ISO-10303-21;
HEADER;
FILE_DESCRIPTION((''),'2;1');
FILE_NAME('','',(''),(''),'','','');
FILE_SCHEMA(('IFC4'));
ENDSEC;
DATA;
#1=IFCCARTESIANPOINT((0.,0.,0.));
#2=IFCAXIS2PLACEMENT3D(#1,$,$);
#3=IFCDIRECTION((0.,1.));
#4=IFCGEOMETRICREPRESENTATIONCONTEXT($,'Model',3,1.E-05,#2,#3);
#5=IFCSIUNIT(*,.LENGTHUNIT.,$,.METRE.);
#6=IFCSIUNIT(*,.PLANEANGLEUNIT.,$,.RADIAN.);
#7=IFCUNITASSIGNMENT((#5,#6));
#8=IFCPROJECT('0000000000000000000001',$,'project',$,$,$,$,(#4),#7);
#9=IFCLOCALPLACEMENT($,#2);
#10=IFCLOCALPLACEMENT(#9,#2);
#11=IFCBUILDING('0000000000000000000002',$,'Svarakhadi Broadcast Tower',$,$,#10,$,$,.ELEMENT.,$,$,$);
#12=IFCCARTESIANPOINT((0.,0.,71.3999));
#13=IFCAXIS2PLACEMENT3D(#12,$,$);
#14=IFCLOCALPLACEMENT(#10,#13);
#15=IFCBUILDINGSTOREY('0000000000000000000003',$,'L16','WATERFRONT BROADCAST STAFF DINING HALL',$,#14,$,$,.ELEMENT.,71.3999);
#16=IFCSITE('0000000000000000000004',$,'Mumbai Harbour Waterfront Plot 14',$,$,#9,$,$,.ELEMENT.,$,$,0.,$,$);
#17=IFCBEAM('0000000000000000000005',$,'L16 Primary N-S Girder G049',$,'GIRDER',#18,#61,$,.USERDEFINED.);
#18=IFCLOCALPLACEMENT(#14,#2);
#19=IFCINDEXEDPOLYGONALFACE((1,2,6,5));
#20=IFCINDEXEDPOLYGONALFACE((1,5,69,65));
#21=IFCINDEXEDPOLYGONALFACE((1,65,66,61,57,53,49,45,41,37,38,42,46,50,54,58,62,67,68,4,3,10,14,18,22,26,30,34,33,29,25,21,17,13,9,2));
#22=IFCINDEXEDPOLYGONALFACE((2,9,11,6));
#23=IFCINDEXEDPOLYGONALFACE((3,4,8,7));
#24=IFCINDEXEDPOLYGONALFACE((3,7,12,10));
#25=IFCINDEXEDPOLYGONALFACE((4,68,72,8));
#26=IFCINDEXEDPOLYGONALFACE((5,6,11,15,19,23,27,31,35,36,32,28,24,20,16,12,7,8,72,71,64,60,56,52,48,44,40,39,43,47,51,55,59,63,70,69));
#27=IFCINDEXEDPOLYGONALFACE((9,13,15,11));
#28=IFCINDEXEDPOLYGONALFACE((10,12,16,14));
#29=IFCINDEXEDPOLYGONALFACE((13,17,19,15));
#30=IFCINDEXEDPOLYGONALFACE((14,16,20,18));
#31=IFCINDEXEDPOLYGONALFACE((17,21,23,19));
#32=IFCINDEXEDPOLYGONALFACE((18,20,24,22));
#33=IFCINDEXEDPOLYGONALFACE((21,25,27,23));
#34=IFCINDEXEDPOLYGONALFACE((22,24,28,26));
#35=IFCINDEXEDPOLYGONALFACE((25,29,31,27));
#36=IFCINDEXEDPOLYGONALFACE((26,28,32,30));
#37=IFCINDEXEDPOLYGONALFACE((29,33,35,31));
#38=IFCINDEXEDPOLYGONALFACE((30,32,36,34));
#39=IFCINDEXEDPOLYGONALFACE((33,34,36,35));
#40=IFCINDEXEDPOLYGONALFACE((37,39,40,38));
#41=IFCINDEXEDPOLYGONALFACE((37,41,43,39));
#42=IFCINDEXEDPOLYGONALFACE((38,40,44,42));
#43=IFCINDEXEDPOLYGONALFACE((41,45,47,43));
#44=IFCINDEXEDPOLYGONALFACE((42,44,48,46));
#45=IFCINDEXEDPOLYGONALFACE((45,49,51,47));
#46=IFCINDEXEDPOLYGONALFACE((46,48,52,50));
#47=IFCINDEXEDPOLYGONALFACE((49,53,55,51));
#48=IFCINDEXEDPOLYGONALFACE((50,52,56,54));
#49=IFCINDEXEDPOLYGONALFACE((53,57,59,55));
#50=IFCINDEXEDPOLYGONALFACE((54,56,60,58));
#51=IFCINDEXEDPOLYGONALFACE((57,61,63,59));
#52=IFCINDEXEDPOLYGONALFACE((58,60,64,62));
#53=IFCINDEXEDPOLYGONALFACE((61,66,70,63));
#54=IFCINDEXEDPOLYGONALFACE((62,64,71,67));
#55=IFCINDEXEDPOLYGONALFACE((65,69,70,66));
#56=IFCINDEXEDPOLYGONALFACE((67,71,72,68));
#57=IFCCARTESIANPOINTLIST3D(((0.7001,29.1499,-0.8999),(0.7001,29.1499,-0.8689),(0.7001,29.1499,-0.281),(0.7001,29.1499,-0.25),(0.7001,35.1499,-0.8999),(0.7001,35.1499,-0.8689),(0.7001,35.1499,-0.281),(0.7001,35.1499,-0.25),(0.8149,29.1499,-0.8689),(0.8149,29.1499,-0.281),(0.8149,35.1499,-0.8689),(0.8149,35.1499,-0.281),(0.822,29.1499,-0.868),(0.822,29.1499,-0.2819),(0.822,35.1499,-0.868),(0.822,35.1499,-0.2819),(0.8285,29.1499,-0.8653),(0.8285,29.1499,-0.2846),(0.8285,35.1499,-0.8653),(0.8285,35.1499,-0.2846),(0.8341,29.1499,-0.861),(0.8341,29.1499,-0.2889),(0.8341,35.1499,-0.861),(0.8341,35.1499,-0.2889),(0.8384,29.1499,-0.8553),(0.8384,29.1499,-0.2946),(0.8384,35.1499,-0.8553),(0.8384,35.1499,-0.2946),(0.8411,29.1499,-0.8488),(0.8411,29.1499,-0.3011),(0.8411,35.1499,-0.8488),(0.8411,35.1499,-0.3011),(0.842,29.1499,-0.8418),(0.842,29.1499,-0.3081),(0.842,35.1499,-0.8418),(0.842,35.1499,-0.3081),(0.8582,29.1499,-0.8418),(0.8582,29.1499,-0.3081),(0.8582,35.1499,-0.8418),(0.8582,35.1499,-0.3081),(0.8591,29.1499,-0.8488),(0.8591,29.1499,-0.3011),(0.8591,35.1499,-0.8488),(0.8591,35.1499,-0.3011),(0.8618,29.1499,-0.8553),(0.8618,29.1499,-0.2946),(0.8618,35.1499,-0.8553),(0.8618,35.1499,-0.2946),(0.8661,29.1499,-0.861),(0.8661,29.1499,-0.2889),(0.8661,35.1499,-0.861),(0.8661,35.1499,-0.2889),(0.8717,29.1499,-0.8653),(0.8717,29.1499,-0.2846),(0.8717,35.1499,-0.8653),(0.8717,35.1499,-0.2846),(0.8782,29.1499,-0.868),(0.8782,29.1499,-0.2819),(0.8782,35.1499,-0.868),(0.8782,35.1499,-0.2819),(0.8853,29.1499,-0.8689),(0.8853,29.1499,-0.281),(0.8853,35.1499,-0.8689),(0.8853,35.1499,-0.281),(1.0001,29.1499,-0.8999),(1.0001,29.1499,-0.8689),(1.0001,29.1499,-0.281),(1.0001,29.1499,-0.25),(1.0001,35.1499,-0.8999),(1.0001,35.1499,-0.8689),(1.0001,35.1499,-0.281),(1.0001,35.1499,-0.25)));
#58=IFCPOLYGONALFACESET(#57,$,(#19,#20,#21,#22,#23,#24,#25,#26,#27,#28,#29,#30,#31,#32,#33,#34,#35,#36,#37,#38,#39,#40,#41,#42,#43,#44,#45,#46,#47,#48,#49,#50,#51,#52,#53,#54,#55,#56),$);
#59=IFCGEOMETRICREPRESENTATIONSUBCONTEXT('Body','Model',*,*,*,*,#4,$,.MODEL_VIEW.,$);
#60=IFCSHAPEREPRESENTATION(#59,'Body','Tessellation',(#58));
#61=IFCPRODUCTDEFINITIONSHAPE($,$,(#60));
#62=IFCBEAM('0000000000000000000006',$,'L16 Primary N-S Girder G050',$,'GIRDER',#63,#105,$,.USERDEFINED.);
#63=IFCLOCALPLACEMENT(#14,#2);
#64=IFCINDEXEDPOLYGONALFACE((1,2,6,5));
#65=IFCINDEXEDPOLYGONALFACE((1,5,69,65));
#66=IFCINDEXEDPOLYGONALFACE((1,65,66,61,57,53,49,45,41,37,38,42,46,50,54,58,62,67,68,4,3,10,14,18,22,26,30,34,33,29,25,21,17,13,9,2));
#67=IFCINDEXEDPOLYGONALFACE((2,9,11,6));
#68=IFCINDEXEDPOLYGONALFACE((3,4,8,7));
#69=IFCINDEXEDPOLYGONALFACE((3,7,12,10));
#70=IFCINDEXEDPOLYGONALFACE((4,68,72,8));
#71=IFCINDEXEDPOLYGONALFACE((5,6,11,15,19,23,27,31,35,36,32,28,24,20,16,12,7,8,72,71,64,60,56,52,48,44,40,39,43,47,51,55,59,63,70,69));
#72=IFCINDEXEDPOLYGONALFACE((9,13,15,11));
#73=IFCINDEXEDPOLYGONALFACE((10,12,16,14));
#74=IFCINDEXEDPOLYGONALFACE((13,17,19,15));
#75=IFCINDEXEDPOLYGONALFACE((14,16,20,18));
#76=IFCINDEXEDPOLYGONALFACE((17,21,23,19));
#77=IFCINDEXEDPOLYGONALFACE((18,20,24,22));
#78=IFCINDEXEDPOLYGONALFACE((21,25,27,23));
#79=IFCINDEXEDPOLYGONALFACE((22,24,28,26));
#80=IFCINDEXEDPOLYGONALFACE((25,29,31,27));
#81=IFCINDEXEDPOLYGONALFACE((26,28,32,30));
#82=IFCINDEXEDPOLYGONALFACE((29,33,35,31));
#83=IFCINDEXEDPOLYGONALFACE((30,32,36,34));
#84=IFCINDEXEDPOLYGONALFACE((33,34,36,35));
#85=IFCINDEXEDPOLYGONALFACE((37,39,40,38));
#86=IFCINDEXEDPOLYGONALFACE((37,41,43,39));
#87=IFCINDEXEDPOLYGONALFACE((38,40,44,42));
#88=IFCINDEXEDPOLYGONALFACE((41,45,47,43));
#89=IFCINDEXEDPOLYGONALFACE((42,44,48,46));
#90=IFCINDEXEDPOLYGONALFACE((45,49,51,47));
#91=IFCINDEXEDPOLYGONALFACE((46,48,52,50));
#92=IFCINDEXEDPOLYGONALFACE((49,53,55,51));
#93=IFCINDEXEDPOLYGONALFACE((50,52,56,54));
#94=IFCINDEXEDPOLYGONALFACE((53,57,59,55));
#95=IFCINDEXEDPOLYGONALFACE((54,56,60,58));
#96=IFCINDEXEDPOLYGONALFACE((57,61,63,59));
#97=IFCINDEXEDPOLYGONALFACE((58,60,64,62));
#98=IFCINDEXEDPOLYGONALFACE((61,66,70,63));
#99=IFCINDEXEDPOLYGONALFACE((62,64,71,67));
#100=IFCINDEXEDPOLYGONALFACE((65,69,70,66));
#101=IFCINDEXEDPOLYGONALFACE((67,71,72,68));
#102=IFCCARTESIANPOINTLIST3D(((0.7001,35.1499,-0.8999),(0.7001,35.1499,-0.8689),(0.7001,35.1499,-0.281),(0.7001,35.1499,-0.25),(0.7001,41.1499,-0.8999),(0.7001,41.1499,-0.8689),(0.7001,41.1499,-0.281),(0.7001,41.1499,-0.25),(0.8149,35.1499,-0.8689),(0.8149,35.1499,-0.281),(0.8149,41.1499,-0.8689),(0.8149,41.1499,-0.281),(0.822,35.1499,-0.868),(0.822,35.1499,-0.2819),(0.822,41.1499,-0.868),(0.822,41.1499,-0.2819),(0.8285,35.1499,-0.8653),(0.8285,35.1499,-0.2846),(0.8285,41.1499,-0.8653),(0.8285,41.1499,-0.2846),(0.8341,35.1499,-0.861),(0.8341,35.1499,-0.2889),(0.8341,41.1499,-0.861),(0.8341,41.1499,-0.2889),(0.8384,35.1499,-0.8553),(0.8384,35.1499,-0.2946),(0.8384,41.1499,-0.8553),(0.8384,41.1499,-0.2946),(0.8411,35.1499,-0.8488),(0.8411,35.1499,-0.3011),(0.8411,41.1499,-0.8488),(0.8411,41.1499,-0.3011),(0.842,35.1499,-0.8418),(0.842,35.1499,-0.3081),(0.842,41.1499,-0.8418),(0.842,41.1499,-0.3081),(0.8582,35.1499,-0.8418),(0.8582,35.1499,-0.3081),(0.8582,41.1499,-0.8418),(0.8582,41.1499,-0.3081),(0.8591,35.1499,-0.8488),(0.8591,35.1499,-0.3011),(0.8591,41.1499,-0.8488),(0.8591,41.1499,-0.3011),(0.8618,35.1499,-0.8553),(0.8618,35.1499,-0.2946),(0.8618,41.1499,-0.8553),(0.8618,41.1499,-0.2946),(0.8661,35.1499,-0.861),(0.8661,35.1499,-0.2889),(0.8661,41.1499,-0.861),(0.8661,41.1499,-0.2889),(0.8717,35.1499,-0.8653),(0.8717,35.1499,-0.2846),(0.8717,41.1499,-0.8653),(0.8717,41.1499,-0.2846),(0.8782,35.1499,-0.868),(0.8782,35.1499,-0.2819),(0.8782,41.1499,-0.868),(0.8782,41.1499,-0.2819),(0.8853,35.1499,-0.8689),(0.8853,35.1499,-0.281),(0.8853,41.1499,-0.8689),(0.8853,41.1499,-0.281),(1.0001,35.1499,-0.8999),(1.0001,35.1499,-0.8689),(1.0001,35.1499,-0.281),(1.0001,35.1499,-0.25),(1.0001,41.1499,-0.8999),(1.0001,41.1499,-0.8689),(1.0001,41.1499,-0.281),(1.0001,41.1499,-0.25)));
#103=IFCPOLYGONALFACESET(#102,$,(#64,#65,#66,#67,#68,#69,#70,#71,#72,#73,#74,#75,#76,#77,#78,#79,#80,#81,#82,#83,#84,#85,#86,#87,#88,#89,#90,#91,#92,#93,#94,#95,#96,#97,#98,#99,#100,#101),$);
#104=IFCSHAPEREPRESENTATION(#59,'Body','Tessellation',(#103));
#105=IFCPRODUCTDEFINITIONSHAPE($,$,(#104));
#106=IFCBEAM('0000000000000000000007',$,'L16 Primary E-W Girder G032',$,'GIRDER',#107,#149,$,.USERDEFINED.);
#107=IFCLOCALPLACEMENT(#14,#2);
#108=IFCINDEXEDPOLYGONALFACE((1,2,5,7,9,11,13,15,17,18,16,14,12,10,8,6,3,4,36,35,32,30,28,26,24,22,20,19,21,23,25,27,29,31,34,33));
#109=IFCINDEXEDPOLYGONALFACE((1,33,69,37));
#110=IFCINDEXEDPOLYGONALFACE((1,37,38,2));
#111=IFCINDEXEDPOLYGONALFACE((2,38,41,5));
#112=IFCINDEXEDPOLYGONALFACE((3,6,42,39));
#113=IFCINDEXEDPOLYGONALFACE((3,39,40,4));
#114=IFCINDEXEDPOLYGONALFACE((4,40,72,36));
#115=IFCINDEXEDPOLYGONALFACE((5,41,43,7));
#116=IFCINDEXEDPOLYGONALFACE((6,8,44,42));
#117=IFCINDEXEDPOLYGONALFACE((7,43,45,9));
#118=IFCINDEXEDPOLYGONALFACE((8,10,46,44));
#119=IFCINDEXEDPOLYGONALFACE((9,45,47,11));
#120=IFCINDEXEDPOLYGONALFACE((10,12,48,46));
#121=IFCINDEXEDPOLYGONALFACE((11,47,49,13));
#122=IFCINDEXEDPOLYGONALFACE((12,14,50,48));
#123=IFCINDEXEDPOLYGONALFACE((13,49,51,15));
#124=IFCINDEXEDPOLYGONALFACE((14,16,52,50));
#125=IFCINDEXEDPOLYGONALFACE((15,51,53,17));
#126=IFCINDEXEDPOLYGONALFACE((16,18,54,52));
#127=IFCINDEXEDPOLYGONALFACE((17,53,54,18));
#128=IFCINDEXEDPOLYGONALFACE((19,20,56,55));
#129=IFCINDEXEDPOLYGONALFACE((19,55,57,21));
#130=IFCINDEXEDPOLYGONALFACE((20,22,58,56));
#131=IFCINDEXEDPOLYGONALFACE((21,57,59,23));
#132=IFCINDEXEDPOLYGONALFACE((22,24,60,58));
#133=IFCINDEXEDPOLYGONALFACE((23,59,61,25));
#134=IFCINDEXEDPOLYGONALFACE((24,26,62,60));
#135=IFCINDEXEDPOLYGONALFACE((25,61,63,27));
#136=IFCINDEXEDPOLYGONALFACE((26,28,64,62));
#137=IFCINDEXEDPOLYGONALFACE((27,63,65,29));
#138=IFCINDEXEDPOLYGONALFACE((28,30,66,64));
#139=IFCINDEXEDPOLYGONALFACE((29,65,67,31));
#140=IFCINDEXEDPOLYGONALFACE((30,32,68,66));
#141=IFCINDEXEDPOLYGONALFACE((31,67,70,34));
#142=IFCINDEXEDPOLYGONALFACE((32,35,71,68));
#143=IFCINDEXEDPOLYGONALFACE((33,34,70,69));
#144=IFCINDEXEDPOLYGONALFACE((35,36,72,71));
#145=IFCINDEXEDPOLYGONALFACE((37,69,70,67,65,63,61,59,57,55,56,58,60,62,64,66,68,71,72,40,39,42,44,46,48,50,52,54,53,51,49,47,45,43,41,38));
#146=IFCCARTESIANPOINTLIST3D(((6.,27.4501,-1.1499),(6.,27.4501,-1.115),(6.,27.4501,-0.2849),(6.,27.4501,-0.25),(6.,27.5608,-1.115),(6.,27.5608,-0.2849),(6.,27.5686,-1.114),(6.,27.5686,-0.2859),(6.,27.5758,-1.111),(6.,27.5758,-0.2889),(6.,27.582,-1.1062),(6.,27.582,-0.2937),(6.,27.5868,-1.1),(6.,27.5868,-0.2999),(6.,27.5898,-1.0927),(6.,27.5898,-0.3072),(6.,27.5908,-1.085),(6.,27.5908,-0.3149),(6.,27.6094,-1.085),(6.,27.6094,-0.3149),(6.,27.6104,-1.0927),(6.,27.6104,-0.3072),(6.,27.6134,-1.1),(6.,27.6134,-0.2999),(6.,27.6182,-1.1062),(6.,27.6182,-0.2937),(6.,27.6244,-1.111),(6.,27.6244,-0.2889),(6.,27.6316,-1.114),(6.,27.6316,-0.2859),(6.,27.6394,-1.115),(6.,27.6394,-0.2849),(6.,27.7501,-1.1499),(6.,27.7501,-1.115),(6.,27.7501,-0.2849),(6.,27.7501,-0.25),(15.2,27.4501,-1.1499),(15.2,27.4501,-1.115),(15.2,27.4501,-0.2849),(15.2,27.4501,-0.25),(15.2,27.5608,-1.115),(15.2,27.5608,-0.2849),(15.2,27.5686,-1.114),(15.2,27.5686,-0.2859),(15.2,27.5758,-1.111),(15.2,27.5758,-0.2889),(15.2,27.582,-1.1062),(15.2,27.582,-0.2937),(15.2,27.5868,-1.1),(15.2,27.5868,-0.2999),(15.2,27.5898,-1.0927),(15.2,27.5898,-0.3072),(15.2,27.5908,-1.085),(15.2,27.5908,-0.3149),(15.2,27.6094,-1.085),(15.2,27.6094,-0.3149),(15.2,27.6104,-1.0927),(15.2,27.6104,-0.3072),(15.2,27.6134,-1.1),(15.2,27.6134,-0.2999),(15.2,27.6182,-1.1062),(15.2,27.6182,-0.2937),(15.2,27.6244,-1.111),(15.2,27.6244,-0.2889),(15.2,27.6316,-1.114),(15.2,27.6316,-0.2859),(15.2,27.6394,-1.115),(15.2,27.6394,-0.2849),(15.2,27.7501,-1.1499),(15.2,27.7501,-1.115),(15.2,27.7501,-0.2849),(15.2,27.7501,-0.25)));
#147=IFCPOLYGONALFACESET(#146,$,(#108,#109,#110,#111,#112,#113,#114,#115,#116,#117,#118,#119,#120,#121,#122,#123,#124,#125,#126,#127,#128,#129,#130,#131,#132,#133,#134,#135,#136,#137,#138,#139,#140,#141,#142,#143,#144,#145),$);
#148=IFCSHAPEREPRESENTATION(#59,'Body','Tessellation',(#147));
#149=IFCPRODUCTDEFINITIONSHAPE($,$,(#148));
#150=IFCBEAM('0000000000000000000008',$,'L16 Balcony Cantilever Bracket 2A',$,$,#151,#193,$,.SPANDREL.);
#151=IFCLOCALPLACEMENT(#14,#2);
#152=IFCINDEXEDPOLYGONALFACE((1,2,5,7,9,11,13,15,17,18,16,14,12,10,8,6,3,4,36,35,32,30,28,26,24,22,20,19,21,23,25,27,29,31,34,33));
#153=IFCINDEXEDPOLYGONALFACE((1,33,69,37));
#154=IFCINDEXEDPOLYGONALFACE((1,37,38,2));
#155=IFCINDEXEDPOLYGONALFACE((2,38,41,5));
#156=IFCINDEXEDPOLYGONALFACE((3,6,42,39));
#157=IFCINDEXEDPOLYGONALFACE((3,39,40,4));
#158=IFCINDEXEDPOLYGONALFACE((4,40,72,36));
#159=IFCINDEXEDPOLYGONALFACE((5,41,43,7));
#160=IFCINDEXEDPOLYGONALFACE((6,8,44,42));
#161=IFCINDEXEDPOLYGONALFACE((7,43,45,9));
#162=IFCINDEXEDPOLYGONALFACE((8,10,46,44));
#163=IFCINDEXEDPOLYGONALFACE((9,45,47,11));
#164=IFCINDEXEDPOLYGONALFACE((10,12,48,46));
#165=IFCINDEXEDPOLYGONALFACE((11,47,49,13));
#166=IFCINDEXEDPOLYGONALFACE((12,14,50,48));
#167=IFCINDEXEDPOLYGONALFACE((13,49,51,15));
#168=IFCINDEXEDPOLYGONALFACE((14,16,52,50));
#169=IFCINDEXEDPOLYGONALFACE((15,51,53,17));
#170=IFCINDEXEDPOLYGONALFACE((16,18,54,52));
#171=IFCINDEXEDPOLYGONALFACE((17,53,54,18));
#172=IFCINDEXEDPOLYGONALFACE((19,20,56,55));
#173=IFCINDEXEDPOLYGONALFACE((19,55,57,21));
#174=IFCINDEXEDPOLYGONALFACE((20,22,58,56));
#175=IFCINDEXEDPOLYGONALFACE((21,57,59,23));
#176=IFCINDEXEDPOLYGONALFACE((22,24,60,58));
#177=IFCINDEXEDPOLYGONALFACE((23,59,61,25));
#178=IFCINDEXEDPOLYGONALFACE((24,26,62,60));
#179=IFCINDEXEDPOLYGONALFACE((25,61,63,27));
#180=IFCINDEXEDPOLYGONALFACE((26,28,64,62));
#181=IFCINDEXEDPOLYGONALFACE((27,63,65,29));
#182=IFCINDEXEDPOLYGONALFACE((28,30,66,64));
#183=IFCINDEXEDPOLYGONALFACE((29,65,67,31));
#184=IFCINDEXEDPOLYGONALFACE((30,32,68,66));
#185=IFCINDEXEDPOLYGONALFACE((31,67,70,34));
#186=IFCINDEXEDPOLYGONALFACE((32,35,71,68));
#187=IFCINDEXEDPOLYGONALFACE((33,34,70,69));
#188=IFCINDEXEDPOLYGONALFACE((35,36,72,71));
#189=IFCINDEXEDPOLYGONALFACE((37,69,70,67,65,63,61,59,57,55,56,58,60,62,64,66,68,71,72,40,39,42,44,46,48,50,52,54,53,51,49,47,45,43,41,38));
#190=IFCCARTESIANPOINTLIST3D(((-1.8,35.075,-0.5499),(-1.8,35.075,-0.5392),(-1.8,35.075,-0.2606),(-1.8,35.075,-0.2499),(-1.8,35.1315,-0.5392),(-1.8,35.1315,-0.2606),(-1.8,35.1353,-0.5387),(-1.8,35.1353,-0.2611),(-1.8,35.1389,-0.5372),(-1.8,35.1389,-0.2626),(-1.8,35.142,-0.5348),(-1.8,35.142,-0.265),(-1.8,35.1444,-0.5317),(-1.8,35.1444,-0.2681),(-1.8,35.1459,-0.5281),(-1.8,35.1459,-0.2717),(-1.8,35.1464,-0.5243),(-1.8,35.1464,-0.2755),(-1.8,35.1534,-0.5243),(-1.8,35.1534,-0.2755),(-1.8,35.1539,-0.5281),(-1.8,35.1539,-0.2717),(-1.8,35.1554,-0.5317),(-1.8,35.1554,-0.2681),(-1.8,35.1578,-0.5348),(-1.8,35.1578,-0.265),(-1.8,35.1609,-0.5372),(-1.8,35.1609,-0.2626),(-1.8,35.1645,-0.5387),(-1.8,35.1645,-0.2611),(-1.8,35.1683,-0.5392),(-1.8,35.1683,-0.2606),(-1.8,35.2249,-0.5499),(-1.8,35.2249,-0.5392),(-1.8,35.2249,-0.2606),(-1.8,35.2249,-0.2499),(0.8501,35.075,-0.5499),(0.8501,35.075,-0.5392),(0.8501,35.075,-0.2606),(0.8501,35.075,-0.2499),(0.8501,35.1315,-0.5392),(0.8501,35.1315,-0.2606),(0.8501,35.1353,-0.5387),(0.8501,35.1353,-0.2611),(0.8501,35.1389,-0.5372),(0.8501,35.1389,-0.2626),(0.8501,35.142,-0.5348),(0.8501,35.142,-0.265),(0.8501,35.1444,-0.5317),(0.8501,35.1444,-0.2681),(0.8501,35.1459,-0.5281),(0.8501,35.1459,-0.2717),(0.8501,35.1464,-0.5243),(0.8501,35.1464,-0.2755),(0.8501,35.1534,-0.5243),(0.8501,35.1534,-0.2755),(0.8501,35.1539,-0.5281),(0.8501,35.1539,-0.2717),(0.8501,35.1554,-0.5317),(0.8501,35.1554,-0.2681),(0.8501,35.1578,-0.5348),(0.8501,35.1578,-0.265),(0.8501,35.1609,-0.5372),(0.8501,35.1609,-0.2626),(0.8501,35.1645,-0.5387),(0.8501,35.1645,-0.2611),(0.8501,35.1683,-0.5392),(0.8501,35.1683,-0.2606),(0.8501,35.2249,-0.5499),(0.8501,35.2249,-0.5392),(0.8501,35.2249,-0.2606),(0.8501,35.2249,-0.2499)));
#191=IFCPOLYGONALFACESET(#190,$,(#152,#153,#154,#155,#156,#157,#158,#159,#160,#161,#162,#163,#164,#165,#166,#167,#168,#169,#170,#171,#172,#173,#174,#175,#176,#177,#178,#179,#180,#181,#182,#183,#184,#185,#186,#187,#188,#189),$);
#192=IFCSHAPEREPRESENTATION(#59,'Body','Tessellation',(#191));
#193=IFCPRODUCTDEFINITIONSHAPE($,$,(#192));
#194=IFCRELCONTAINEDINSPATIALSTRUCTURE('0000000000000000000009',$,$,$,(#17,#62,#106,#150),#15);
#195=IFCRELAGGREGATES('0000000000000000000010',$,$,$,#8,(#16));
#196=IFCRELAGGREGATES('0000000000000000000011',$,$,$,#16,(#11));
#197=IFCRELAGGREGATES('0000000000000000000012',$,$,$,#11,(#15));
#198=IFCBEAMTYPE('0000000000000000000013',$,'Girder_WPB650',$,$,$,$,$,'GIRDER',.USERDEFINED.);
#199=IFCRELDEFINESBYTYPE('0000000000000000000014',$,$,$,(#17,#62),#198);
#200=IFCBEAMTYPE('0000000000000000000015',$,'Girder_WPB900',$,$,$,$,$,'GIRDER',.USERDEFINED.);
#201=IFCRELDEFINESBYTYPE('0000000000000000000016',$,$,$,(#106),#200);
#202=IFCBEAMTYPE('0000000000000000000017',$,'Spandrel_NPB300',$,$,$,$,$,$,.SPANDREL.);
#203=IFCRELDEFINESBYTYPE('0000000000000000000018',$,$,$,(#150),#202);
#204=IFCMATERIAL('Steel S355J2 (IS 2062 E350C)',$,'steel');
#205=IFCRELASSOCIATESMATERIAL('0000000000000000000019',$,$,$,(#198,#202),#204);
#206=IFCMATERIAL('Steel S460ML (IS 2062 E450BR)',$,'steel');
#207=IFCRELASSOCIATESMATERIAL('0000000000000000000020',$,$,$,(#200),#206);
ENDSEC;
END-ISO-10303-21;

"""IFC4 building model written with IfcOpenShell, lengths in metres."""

from ifc_helpers import new_model, si_unit, direction, frame, origin, origin_2d, place, context, subcontext, project, spatial, i_section, extrude, material, material_profile, profile_set, type_object, element, save


model = new_model("IFC4")

# Units and contexts
model_context = context("Model", 3, precision=1e-05, world=origin(), true_north=direction((0.0, 1.0)))
body_context = subcontext(model_context, "Body", "Model", "MODEL_VIEW")
ifc_project = project(units=[si_unit("LENGTHUNIT", "METRE"), si_unit("PLANEANGLEUNIT", "RADIAN")], contexts=[model_context])

# Site, building, storey
site_placement = place(None, origin())
site = spatial("IfcSite", under=ifc_project, at=site_placement, Name="Mumbai Harbour Waterfront Plot 14", CompositionType="ELEMENT", RefElevation=0.0)
building_placement = place(site_placement, origin())
building = spatial("IfcBuilding", under=site, at=building_placement, Name="Svarakhadi Broadcast Tower", CompositionType="ELEMENT")
storey_placement = place(building_placement, frame((0.0, 0.0, 71.3999)))
storey = spatial("IfcBuildingStorey", under=building, at=storey_placement, Name="L16", Description="WATERFRONT BROADCAST STAFF DINING HALL", CompositionType="ELEMENT", Elevation=71.3999)

# Shared definitions
ifc_material_1 = material(Name="Steel S460ML (IS 2062 E450BR)", Category="steel")

# Shared definitions
ifc_material_2 = material(Name="Steel S355J2 (IS 2062 E350C)", Category="steel")

# Beams
ifc_material_profile_1 = material_profile(ifc_material_2, i_section(OverallWidth=0.3, OverallDepth=0.6499, WebThickness=0.0161, FlangeThickness=0.031, FilletRadius=0.0271, at=origin_2d()), Name="WPB 650x300x225")
ifc_profile_set_1 = profile_set([ifc_material_profile_1], Name="Steel S355J2 (IS 2062 E350C)")
beam_type_1 = type_object("IfcBeamType", Name="Girder_WPB650", ElementType="GIRDER", PredefinedType="USERDEFINED", material=ifc_profile_set_1)
for number, where, z_axis, x_axis, name in (
    (1, (0.8501, 29.1499, -0.575), (0.0, 1.0, 0.0), (-1.0, 0.0, 0.0), "L16 Primary N-S Girder G049"),
    (2, (0.8501, 35.1499, -0.575), (0.0, 1.0, 0.0), (-1.0, 0.0, 0.0), "L16 Primary N-S Girder G050"),
):
    element("IfcBeam", number, at=place(storey_placement, frame(where, z_axis=z_axis, x_axis=x_axis)), inside=storey, type_object=beam_type_1, Name=name, ObjectType="GIRDER", PredefinedType="USERDEFINED", context=body_context, shape_type="SweptSolid", body=[
        extrude(i_section(OverallWidth=0.3, OverallDepth=0.6499, WebThickness=0.0161, FlangeThickness=0.031, FilletRadius=0.0271, at=origin_2d()), origin(), (0.0, 0.0, 1.0), 6.0),
    ])
ifc_material_profile_2 = material_profile(ifc_material_1, i_section(OverallWidth=0.3, OverallDepth=0.8999, WebThickness=0.0186, FlangeThickness=0.0349, FilletRadius=0.03, at=origin_2d()), Name="WPB 900x300x291")
ifc_profile_set_2 = profile_set([ifc_material_profile_2], Name="Steel S460ML (IS 2062 E450BR)")
beam_type_2 = type_object("IfcBeamType", Name="Girder_WPB900", ElementType="GIRDER", PredefinedType="USERDEFINED", material=ifc_profile_set_2)
beam_1_placement = place(storey_placement, frame((6.0, 27.6001, -0.7), z_axis=(1.0, 0.0, 0.0), x_axis=(0.0, 1.0, 0.0)))
element("IfcBeam", 3, at=beam_1_placement, inside=storey, type_object=beam_type_2, Name="L16 Primary E-W Girder G032", ObjectType="GIRDER", PredefinedType="USERDEFINED", context=body_context, shape_type="SweptSolid", body=[
    extrude(i_section(OverallWidth=0.3, OverallDepth=0.8999, WebThickness=0.0186, FlangeThickness=0.0349, FilletRadius=0.03, at=origin_2d()), origin(), (0.0, 0.0, 1.0), 9.2),
])
ifc_material_profile_3 = material_profile(ifc_material_2, i_section(OverallWidth=0.1499, OverallDepth=0.3, WebThickness=0.0071, FlangeThickness=0.0107, FilletRadius=0.0149, at=origin_2d()), Name="NPB 300x150x37")
ifc_profile_set_3 = profile_set([ifc_material_profile_3], Name="Steel S355J2 (IS 2062 E350C)")
beam_type_3 = type_object("IfcBeamType", Name="Spandrel_NPB300", PredefinedType="SPANDREL", material=ifc_profile_set_3)
beam_2_placement = place(storey_placement, frame((0.8501, 35.1499, -0.3999), z_axis=(-1.0, 0.0, 0.0), x_axis=(0.0, -1.0, 0.0)))
element("IfcBeam", 4, at=beam_2_placement, inside=storey, type_object=beam_type_3, Name="L16 Balcony Cantilever Bracket 2A", PredefinedType="SPANDREL", context=body_context, shape_type="SweptSolid", body=[
    extrude(i_section(OverallWidth=0.1499, OverallDepth=0.3, WebThickness=0.0071, FlangeThickness=0.0107, FilletRadius=0.0149, at=origin_2d()), origin(), (0.0, 0.0, 1.0), 2.6501),
])

save(model, "model.ifc")
